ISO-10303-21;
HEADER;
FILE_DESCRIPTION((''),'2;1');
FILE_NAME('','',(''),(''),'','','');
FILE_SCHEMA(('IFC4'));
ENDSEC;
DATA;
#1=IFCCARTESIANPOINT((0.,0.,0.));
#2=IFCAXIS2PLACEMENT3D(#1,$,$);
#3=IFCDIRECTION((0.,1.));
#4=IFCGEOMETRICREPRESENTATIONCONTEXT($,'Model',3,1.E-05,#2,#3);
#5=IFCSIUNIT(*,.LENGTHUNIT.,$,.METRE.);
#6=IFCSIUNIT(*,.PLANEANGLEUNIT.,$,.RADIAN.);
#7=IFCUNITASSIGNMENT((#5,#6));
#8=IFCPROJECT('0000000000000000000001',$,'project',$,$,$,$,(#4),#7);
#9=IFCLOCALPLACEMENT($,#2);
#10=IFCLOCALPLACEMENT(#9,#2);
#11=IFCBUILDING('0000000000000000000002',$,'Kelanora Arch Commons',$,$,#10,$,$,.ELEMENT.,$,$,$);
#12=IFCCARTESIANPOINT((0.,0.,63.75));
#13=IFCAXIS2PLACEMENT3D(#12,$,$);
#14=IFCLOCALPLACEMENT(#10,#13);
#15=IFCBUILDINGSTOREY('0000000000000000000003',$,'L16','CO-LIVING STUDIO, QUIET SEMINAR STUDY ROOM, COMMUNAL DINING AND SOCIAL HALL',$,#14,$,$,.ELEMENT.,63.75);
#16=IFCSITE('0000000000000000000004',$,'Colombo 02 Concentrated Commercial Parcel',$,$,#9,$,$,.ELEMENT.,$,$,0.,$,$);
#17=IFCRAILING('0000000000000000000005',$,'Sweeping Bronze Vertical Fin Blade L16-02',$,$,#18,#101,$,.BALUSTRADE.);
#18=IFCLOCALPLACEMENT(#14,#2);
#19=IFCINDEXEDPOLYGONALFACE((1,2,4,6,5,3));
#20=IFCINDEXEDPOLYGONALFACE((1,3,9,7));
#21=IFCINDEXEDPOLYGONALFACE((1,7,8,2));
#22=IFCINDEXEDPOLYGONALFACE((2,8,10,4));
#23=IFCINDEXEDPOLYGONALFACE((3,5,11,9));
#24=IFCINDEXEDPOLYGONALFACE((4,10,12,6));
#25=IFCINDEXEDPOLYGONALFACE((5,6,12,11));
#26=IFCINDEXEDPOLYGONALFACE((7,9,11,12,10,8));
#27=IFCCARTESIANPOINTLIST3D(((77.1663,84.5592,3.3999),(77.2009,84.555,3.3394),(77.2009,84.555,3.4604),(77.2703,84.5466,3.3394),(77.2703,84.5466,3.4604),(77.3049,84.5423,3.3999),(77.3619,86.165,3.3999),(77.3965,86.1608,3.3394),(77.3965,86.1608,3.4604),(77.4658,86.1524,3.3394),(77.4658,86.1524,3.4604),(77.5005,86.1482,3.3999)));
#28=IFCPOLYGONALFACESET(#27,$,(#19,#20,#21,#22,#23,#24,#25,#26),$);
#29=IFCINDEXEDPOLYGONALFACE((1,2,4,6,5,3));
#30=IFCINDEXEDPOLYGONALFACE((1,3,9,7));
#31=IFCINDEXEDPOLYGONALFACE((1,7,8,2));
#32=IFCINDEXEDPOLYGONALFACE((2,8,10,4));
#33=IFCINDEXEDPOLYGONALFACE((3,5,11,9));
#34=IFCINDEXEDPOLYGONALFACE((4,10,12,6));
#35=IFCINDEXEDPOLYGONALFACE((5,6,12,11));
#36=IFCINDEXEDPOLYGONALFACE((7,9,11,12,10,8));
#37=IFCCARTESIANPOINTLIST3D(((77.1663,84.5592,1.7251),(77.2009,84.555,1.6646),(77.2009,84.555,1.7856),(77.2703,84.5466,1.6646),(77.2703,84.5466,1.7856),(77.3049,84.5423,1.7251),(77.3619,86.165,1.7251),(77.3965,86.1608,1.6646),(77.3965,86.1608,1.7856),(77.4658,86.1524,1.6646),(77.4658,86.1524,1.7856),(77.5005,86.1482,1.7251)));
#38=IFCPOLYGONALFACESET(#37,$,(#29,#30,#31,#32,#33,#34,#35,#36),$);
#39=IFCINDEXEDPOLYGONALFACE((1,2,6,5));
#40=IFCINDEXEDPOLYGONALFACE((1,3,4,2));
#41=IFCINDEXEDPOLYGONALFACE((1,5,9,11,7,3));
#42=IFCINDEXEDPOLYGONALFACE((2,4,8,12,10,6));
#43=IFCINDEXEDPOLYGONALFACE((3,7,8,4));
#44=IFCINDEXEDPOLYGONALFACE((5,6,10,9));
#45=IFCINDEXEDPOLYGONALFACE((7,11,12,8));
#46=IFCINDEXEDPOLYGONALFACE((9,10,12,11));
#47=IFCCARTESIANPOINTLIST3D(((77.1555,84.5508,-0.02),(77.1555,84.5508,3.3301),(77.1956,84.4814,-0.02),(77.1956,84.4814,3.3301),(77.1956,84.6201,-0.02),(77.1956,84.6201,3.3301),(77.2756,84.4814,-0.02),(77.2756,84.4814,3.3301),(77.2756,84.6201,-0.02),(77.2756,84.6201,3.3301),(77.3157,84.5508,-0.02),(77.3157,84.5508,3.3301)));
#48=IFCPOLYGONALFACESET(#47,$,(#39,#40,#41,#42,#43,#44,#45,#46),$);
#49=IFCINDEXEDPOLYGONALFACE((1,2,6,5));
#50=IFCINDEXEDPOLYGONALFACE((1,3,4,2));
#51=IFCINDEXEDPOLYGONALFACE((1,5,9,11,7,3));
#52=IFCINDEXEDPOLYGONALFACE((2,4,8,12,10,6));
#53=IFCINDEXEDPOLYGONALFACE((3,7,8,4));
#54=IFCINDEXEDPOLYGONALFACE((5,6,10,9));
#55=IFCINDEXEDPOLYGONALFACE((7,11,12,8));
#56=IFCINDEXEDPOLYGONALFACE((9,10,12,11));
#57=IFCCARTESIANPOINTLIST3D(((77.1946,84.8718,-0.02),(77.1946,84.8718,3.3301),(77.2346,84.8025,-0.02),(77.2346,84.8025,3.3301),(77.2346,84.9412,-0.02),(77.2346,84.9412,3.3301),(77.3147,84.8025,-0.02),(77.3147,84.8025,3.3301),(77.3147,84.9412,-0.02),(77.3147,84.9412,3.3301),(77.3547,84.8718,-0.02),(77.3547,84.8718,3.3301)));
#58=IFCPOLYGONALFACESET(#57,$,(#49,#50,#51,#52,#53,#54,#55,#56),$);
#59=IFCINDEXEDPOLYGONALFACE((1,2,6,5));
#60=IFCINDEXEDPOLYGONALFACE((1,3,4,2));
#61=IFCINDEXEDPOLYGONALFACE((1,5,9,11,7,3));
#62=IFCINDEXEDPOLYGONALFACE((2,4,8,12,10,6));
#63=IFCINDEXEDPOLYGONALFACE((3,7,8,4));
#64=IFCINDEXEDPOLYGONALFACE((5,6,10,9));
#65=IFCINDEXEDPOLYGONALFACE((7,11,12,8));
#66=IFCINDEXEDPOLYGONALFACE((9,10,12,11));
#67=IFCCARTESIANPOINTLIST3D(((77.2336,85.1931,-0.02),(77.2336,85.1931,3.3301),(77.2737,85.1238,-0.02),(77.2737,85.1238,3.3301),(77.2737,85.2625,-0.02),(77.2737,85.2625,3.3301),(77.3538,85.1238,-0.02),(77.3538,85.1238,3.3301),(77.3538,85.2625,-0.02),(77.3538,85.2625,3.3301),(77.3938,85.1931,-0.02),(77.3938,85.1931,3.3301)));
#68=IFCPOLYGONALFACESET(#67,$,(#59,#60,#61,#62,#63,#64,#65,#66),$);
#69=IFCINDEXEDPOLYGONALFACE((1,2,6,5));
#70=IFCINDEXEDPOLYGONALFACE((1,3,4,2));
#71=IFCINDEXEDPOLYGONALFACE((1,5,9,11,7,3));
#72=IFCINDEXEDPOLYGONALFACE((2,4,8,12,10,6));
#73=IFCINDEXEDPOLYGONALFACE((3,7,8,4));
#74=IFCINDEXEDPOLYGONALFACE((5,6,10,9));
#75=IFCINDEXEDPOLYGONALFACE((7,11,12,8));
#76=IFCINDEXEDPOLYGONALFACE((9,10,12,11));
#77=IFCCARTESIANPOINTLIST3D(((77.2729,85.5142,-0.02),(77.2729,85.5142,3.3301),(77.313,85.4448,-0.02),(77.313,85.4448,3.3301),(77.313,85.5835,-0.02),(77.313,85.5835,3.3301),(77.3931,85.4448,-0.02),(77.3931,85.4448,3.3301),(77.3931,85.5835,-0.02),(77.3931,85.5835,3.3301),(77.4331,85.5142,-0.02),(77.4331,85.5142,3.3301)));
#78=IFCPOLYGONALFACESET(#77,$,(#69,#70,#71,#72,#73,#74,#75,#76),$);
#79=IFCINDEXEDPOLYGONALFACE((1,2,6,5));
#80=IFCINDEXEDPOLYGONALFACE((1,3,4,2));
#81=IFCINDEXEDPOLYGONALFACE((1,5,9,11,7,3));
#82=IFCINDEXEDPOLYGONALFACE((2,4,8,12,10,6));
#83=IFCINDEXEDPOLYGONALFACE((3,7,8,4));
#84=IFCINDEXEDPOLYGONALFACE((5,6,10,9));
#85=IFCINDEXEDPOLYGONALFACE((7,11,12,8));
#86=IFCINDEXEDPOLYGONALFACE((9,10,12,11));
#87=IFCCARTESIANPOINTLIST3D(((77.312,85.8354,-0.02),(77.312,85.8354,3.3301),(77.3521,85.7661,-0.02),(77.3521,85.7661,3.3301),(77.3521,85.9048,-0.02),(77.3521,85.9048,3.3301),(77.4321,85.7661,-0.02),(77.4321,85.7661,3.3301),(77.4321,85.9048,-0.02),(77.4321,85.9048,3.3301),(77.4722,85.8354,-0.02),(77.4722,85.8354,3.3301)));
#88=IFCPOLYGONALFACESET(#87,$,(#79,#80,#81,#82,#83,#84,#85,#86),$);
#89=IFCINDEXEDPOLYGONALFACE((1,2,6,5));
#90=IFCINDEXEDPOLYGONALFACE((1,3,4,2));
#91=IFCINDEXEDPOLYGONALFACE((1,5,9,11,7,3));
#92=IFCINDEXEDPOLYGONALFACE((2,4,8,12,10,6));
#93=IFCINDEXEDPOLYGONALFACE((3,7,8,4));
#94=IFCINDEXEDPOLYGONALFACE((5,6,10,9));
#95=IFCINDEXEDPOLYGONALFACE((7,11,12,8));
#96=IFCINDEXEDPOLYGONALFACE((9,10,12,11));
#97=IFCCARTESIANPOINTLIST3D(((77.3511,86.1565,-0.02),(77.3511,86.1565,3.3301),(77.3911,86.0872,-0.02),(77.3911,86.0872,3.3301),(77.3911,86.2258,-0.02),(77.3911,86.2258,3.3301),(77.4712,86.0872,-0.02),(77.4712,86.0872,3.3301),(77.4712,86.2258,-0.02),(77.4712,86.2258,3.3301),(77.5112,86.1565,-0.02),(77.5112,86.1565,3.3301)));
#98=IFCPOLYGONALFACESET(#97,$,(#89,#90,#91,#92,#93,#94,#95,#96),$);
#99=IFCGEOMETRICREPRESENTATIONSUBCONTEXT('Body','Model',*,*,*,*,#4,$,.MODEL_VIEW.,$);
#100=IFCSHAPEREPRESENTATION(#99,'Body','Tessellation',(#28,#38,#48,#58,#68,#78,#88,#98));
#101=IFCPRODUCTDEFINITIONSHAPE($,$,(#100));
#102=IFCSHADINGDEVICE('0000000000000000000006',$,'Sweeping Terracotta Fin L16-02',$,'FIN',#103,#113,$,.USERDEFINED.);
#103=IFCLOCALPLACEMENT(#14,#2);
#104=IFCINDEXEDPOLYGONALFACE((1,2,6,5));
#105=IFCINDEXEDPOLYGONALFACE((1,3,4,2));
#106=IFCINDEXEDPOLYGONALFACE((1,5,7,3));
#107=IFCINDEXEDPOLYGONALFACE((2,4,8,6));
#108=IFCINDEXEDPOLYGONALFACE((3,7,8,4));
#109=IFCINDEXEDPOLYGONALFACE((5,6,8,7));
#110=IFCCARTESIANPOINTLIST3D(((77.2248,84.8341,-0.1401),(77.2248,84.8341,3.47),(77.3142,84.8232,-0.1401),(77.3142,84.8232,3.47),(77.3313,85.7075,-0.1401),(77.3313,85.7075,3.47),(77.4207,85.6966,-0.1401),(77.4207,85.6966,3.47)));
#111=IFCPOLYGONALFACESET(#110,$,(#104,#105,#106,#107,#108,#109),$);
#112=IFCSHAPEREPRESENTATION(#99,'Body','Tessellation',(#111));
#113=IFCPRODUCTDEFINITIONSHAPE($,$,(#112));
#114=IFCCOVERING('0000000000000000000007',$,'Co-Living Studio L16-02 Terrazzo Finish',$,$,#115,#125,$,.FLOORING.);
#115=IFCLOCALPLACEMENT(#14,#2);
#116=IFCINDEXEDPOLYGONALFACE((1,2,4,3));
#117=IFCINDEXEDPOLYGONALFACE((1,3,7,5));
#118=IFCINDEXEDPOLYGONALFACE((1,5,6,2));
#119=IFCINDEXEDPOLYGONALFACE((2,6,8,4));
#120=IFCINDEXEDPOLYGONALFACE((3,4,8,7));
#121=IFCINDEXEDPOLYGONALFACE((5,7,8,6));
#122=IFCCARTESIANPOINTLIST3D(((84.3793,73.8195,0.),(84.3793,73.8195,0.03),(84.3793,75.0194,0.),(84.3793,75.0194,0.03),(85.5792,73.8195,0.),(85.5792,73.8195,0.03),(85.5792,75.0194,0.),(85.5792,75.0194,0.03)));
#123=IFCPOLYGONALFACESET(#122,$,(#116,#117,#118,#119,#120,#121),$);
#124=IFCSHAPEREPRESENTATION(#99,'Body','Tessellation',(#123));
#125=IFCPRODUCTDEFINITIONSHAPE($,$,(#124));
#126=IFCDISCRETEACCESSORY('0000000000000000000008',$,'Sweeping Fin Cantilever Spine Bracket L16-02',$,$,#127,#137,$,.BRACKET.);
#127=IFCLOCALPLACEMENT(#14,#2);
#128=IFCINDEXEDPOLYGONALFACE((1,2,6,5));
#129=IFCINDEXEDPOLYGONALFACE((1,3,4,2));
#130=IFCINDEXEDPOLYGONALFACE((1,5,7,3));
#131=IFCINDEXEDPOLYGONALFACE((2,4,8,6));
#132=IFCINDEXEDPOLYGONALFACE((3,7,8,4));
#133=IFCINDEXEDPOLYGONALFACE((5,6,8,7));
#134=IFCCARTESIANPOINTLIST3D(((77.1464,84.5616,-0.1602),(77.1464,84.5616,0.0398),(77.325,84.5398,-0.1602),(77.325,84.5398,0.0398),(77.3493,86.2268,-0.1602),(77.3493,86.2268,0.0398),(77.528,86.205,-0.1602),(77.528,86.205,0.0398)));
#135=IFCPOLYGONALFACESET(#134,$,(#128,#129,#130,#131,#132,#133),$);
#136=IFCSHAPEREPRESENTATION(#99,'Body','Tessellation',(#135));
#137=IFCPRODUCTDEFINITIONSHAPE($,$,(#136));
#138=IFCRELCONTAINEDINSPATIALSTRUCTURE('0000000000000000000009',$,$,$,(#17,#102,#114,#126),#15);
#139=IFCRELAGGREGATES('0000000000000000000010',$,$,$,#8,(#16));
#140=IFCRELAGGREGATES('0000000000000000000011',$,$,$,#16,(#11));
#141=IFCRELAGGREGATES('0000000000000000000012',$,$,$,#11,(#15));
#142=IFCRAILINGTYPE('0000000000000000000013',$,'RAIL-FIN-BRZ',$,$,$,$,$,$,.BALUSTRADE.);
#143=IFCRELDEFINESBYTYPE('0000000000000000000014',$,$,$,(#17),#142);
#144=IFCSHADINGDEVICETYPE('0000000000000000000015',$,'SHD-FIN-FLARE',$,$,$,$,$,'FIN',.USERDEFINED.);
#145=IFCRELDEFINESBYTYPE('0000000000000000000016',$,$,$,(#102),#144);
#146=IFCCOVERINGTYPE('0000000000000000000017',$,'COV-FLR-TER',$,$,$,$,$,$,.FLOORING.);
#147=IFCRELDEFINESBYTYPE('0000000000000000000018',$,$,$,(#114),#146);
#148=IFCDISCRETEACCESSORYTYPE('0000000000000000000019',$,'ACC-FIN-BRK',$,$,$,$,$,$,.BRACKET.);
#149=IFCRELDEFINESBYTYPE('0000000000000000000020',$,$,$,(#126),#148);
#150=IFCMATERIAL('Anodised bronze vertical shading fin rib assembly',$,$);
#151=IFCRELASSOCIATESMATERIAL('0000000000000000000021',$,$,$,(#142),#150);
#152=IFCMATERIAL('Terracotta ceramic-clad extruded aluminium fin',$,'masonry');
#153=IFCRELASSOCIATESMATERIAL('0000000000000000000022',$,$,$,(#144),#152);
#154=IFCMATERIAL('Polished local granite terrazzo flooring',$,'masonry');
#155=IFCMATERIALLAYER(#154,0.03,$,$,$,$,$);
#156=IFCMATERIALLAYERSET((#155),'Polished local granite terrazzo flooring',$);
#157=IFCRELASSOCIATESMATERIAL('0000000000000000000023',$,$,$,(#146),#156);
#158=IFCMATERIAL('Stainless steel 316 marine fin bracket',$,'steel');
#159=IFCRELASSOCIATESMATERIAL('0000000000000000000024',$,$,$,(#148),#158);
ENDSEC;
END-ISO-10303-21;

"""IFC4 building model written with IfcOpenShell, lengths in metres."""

from ifc_helpers import new_model, si_unit, direction, frame, origin, origin_2d, place, context, subcontext, project, spatial, polyline, rectangle, outline, extrude, source, transform, mapped, material, layer, layer_set, type_object, element, save


model = new_model("IFC4")

# Units and contexts
model_context = context("Model", 3, precision=1e-05, world=origin(), true_north=direction((0.0, 1.0)))
body_context = subcontext(model_context, "Body", "Model", "MODEL_VIEW")
ifc_project = project(units=[si_unit("LENGTHUNIT", "METRE"), si_unit("PLANEANGLEUNIT", "RADIAN")], contexts=[model_context])

# Site, building, storey
site_placement = place(None, origin())
site = spatial("IfcSite", under=ifc_project, at=site_placement, Name="Colombo 02 Concentrated Commercial Parcel", CompositionType="ELEMENT", RefElevation=0.0)
building_placement = place(site_placement, origin())
building = spatial("IfcBuilding", under=site, at=building_placement, Name="Kelanora Arch Commons", CompositionType="ELEMENT")
storey_placement = place(building_placement, frame((0.0, 0.0, 63.75)))
storey = spatial("IfcBuildingStorey", under=building, at=storey_placement, Name="L16", Description="CO-LIVING STUDIO, QUIET SEMINAR STUDY ROOM, COMMUNAL DINING AND SOCIAL HALL", CompositionType="ELEMENT", Elevation=63.75)

# Railing
ifc_material_1 = material(Name="Anodised bronze vertical shading fin rib assembly")
railing_type = type_object("IfcRailingType", Name="RAIL-FIN-BRZ", PredefinedType="BALUSTRADE", material=ifc_material_1)
railing_placement = place(storey_placement, frame((77.2356, 84.5508, -0.02)))
element("IfcRailing", 1, at=railing_placement, inside=storey, type_object=railing_type, Name="Sweeping Bronze Vertical Fin Blade L16-02", PredefinedType="BALUSTRADE", context=body_context, shape_type="SweptSolid", body=[
    extrude(outline(polyline([(0.0698, 0.0), (0.0349, 0.0605), (-0.0349, 0.0605), (-0.0698, 0.0), (-0.0349, -0.0605), (0.0349, -0.0605), (0.0698, 0.0)])), frame((0.0, 0.0, 3.4199), z_axis=(0.120895, 0.992665, 0.0), x_axis=(-0.992665, 0.120895, 0.0)), (0.0, 0.0, 1.0), 1.6177),
    extrude(outline(polyline([(0.0698, 0.0), (0.0349, 0.0605), (-0.0349, 0.0605), (-0.0698, 0.0), (-0.0349, -0.0605), (0.0349, -0.0605), (0.0698, 0.0)])), frame((0.0, 0.0, 1.7451), z_axis=(0.120895, 0.992665, 0.0), x_axis=(-0.992665, 0.120895, 0.0)), (0.0, 0.0, 1.0), 1.6177),
    extrude(outline(polyline([(0.0801, 0.0), (0.04, 0.0693), (-0.04, 0.0693), (-0.0801, 0.0), (-0.04, -0.0693), (0.04, -0.0693), (0.0801, 0.0)])), origin(), (0.0, 0.0, 1.0), 3.3501),
    extrude(outline(polyline([(0.0801, 0.0), (0.04, 0.0693), (-0.04, 0.0693), (-0.0801, 0.0), (-0.04, -0.0693), (0.04, -0.0693), (0.0801, 0.0)])), frame((0.0391, 0.321, 0.0)), (0.0, 0.0, 1.0), 3.3501),
    extrude(outline(polyline([(0.0801, 0.0), (0.04, 0.0693), (-0.04, 0.0693), (-0.0801, 0.0), (-0.04, -0.0693), (0.04, -0.0693), (0.0801, 0.0)])), frame((0.0781, 0.6423, 0.0)), (0.0, 0.0, 1.0), 3.3501),
    extrude(outline(polyline([(0.0801, 0.0), (0.04, 0.0693), (-0.04, 0.0693), (-0.0801, 0.0), (-0.04, -0.0693), (0.04, -0.0693), (0.0801, 0.0)])), frame((0.1174, 0.9634, 0.0)), (0.0, 0.0, 1.0), 3.3501),
    extrude(outline(polyline([(0.0801, 0.0), (0.04, 0.0693), (-0.04, 0.0693), (-0.0801, 0.0), (-0.04, -0.0693), (0.04, -0.0693), (0.0801, 0.0)])), frame((0.1565, 1.2847, 0.0)), (0.0, 0.0, 1.0), 3.3501),
    extrude(outline(polyline([(0.0801, 0.0), (0.04, 0.0693), (-0.04, 0.0693), (-0.0801, 0.0), (-0.04, -0.0693), (0.04, -0.0693), (0.0801, 0.0)])), frame((0.1956, 1.6057, 0.0)), (0.0, 0.0, 1.0), 3.3501),
])

# Shading device
ifc_material_2 = material(Name="Terracotta ceramic-clad extruded aluminium fin", Category="masonry")
shading_device_type = type_object("IfcShadingDeviceType", Name="SHD-FIN-FLARE", ElementType="FIN", PredefinedType="USERDEFINED", material=ifc_material_2)
shared_shape_1 = source(origin(), body_context, "Body", "SweptSolid", [
    extrude(rectangle(XDim=0.8799, YDim=0.0901, at=origin_2d()), origin(), (0.0, 0.0, 1.0), 3.6101),
])
shading_device_placement = place(storey_placement, frame((77.3228, 85.2654, -0.1401), z_axis=(0.0, 0.0, 1.0), x_axis=(0.121003, 0.992652, 0.0)))
element("IfcShadingDevice", 2, at=shading_device_placement, inside=storey, type_object=shading_device_type, Name="Sweeping Terracotta Fin L16-02", ObjectType="FIN", PredefinedType="USERDEFINED", context=body_context, shape_type="MappedRepresentation", body=[
    mapped(shared_shape_1, transform((0.0, 0.0, 0.0), scale=1.0)),
])

# Covering
ifc_material_3 = material(Name="Polished local granite terrazzo flooring", Category="masonry")
ifc_layer_1 = layer(ifc_material_3, 0.03)
ifc_layer_set_1 = layer_set([ifc_layer_1], Name="Polished local granite terrazzo flooring")
covering_type = type_object("IfcCoveringType", Name="COV-FLR-TER", PredefinedType="FLOORING", material=ifc_layer_set_1)
shared_shape_2 = source(origin(), body_context, "Body", "SweptSolid", [
    extrude(rectangle(XDim=1.2, YDim=1.2, at=origin_2d()), origin(), (0.0, 0.0, 1.0), 0.03),
])
covering_placement = place(storey_placement, frame((84.9792, 74.4194, 0.0), z_axis=(0.0, 0.0, 1.0), x_axis=(1.0, 0.0, 0.0)))
element("IfcCovering", 3, at=covering_placement, inside=storey, type_object=covering_type, Name="Co-Living Studio L16-02 Terrazzo Finish", PredefinedType="FLOORING", context=body_context, shape_type="MappedRepresentation", body=[
    mapped(shared_shape_2, transform((0.0, 0.0, 0.0), scale=1.0)),
])

# Discrete accessory
ifc_material_4 = material(Name="Stainless steel 316 marine fin bracket", Category="steel")
discrete_accessory_type = type_object("IfcDiscreteAccessoryType", Name="ACC-FIN-BRK", PredefinedType="BRACKET", material=ifc_material_4)
shared_shape_3 = source(origin(), body_context, "Body", "SweptSolid", [
    extrude(rectangle(XDim=1.6775, YDim=0.1799, at=origin_2d()), origin(), (0.0, 0.0, 1.0), 0.2),
])
discrete_accessory_placement = place(storey_placement, frame((77.3372, 85.3833, -0.1602), z_axis=(0.0, 0.0, 1.0), x_axis=(0.121003, 0.992652, 0.0)))
element("IfcDiscreteAccessory", 4, at=discrete_accessory_placement, inside=storey, type_object=discrete_accessory_type, Name="Sweeping Fin Cantilever Spine Bracket L16-02", PredefinedType="BRACKET", context=body_context, shape_type="MappedRepresentation", body=[
    mapped(shared_shape_3, transform((0.0, 0.0, 0.0), scale=1.0)),
])

save(model, "model.ifc")
